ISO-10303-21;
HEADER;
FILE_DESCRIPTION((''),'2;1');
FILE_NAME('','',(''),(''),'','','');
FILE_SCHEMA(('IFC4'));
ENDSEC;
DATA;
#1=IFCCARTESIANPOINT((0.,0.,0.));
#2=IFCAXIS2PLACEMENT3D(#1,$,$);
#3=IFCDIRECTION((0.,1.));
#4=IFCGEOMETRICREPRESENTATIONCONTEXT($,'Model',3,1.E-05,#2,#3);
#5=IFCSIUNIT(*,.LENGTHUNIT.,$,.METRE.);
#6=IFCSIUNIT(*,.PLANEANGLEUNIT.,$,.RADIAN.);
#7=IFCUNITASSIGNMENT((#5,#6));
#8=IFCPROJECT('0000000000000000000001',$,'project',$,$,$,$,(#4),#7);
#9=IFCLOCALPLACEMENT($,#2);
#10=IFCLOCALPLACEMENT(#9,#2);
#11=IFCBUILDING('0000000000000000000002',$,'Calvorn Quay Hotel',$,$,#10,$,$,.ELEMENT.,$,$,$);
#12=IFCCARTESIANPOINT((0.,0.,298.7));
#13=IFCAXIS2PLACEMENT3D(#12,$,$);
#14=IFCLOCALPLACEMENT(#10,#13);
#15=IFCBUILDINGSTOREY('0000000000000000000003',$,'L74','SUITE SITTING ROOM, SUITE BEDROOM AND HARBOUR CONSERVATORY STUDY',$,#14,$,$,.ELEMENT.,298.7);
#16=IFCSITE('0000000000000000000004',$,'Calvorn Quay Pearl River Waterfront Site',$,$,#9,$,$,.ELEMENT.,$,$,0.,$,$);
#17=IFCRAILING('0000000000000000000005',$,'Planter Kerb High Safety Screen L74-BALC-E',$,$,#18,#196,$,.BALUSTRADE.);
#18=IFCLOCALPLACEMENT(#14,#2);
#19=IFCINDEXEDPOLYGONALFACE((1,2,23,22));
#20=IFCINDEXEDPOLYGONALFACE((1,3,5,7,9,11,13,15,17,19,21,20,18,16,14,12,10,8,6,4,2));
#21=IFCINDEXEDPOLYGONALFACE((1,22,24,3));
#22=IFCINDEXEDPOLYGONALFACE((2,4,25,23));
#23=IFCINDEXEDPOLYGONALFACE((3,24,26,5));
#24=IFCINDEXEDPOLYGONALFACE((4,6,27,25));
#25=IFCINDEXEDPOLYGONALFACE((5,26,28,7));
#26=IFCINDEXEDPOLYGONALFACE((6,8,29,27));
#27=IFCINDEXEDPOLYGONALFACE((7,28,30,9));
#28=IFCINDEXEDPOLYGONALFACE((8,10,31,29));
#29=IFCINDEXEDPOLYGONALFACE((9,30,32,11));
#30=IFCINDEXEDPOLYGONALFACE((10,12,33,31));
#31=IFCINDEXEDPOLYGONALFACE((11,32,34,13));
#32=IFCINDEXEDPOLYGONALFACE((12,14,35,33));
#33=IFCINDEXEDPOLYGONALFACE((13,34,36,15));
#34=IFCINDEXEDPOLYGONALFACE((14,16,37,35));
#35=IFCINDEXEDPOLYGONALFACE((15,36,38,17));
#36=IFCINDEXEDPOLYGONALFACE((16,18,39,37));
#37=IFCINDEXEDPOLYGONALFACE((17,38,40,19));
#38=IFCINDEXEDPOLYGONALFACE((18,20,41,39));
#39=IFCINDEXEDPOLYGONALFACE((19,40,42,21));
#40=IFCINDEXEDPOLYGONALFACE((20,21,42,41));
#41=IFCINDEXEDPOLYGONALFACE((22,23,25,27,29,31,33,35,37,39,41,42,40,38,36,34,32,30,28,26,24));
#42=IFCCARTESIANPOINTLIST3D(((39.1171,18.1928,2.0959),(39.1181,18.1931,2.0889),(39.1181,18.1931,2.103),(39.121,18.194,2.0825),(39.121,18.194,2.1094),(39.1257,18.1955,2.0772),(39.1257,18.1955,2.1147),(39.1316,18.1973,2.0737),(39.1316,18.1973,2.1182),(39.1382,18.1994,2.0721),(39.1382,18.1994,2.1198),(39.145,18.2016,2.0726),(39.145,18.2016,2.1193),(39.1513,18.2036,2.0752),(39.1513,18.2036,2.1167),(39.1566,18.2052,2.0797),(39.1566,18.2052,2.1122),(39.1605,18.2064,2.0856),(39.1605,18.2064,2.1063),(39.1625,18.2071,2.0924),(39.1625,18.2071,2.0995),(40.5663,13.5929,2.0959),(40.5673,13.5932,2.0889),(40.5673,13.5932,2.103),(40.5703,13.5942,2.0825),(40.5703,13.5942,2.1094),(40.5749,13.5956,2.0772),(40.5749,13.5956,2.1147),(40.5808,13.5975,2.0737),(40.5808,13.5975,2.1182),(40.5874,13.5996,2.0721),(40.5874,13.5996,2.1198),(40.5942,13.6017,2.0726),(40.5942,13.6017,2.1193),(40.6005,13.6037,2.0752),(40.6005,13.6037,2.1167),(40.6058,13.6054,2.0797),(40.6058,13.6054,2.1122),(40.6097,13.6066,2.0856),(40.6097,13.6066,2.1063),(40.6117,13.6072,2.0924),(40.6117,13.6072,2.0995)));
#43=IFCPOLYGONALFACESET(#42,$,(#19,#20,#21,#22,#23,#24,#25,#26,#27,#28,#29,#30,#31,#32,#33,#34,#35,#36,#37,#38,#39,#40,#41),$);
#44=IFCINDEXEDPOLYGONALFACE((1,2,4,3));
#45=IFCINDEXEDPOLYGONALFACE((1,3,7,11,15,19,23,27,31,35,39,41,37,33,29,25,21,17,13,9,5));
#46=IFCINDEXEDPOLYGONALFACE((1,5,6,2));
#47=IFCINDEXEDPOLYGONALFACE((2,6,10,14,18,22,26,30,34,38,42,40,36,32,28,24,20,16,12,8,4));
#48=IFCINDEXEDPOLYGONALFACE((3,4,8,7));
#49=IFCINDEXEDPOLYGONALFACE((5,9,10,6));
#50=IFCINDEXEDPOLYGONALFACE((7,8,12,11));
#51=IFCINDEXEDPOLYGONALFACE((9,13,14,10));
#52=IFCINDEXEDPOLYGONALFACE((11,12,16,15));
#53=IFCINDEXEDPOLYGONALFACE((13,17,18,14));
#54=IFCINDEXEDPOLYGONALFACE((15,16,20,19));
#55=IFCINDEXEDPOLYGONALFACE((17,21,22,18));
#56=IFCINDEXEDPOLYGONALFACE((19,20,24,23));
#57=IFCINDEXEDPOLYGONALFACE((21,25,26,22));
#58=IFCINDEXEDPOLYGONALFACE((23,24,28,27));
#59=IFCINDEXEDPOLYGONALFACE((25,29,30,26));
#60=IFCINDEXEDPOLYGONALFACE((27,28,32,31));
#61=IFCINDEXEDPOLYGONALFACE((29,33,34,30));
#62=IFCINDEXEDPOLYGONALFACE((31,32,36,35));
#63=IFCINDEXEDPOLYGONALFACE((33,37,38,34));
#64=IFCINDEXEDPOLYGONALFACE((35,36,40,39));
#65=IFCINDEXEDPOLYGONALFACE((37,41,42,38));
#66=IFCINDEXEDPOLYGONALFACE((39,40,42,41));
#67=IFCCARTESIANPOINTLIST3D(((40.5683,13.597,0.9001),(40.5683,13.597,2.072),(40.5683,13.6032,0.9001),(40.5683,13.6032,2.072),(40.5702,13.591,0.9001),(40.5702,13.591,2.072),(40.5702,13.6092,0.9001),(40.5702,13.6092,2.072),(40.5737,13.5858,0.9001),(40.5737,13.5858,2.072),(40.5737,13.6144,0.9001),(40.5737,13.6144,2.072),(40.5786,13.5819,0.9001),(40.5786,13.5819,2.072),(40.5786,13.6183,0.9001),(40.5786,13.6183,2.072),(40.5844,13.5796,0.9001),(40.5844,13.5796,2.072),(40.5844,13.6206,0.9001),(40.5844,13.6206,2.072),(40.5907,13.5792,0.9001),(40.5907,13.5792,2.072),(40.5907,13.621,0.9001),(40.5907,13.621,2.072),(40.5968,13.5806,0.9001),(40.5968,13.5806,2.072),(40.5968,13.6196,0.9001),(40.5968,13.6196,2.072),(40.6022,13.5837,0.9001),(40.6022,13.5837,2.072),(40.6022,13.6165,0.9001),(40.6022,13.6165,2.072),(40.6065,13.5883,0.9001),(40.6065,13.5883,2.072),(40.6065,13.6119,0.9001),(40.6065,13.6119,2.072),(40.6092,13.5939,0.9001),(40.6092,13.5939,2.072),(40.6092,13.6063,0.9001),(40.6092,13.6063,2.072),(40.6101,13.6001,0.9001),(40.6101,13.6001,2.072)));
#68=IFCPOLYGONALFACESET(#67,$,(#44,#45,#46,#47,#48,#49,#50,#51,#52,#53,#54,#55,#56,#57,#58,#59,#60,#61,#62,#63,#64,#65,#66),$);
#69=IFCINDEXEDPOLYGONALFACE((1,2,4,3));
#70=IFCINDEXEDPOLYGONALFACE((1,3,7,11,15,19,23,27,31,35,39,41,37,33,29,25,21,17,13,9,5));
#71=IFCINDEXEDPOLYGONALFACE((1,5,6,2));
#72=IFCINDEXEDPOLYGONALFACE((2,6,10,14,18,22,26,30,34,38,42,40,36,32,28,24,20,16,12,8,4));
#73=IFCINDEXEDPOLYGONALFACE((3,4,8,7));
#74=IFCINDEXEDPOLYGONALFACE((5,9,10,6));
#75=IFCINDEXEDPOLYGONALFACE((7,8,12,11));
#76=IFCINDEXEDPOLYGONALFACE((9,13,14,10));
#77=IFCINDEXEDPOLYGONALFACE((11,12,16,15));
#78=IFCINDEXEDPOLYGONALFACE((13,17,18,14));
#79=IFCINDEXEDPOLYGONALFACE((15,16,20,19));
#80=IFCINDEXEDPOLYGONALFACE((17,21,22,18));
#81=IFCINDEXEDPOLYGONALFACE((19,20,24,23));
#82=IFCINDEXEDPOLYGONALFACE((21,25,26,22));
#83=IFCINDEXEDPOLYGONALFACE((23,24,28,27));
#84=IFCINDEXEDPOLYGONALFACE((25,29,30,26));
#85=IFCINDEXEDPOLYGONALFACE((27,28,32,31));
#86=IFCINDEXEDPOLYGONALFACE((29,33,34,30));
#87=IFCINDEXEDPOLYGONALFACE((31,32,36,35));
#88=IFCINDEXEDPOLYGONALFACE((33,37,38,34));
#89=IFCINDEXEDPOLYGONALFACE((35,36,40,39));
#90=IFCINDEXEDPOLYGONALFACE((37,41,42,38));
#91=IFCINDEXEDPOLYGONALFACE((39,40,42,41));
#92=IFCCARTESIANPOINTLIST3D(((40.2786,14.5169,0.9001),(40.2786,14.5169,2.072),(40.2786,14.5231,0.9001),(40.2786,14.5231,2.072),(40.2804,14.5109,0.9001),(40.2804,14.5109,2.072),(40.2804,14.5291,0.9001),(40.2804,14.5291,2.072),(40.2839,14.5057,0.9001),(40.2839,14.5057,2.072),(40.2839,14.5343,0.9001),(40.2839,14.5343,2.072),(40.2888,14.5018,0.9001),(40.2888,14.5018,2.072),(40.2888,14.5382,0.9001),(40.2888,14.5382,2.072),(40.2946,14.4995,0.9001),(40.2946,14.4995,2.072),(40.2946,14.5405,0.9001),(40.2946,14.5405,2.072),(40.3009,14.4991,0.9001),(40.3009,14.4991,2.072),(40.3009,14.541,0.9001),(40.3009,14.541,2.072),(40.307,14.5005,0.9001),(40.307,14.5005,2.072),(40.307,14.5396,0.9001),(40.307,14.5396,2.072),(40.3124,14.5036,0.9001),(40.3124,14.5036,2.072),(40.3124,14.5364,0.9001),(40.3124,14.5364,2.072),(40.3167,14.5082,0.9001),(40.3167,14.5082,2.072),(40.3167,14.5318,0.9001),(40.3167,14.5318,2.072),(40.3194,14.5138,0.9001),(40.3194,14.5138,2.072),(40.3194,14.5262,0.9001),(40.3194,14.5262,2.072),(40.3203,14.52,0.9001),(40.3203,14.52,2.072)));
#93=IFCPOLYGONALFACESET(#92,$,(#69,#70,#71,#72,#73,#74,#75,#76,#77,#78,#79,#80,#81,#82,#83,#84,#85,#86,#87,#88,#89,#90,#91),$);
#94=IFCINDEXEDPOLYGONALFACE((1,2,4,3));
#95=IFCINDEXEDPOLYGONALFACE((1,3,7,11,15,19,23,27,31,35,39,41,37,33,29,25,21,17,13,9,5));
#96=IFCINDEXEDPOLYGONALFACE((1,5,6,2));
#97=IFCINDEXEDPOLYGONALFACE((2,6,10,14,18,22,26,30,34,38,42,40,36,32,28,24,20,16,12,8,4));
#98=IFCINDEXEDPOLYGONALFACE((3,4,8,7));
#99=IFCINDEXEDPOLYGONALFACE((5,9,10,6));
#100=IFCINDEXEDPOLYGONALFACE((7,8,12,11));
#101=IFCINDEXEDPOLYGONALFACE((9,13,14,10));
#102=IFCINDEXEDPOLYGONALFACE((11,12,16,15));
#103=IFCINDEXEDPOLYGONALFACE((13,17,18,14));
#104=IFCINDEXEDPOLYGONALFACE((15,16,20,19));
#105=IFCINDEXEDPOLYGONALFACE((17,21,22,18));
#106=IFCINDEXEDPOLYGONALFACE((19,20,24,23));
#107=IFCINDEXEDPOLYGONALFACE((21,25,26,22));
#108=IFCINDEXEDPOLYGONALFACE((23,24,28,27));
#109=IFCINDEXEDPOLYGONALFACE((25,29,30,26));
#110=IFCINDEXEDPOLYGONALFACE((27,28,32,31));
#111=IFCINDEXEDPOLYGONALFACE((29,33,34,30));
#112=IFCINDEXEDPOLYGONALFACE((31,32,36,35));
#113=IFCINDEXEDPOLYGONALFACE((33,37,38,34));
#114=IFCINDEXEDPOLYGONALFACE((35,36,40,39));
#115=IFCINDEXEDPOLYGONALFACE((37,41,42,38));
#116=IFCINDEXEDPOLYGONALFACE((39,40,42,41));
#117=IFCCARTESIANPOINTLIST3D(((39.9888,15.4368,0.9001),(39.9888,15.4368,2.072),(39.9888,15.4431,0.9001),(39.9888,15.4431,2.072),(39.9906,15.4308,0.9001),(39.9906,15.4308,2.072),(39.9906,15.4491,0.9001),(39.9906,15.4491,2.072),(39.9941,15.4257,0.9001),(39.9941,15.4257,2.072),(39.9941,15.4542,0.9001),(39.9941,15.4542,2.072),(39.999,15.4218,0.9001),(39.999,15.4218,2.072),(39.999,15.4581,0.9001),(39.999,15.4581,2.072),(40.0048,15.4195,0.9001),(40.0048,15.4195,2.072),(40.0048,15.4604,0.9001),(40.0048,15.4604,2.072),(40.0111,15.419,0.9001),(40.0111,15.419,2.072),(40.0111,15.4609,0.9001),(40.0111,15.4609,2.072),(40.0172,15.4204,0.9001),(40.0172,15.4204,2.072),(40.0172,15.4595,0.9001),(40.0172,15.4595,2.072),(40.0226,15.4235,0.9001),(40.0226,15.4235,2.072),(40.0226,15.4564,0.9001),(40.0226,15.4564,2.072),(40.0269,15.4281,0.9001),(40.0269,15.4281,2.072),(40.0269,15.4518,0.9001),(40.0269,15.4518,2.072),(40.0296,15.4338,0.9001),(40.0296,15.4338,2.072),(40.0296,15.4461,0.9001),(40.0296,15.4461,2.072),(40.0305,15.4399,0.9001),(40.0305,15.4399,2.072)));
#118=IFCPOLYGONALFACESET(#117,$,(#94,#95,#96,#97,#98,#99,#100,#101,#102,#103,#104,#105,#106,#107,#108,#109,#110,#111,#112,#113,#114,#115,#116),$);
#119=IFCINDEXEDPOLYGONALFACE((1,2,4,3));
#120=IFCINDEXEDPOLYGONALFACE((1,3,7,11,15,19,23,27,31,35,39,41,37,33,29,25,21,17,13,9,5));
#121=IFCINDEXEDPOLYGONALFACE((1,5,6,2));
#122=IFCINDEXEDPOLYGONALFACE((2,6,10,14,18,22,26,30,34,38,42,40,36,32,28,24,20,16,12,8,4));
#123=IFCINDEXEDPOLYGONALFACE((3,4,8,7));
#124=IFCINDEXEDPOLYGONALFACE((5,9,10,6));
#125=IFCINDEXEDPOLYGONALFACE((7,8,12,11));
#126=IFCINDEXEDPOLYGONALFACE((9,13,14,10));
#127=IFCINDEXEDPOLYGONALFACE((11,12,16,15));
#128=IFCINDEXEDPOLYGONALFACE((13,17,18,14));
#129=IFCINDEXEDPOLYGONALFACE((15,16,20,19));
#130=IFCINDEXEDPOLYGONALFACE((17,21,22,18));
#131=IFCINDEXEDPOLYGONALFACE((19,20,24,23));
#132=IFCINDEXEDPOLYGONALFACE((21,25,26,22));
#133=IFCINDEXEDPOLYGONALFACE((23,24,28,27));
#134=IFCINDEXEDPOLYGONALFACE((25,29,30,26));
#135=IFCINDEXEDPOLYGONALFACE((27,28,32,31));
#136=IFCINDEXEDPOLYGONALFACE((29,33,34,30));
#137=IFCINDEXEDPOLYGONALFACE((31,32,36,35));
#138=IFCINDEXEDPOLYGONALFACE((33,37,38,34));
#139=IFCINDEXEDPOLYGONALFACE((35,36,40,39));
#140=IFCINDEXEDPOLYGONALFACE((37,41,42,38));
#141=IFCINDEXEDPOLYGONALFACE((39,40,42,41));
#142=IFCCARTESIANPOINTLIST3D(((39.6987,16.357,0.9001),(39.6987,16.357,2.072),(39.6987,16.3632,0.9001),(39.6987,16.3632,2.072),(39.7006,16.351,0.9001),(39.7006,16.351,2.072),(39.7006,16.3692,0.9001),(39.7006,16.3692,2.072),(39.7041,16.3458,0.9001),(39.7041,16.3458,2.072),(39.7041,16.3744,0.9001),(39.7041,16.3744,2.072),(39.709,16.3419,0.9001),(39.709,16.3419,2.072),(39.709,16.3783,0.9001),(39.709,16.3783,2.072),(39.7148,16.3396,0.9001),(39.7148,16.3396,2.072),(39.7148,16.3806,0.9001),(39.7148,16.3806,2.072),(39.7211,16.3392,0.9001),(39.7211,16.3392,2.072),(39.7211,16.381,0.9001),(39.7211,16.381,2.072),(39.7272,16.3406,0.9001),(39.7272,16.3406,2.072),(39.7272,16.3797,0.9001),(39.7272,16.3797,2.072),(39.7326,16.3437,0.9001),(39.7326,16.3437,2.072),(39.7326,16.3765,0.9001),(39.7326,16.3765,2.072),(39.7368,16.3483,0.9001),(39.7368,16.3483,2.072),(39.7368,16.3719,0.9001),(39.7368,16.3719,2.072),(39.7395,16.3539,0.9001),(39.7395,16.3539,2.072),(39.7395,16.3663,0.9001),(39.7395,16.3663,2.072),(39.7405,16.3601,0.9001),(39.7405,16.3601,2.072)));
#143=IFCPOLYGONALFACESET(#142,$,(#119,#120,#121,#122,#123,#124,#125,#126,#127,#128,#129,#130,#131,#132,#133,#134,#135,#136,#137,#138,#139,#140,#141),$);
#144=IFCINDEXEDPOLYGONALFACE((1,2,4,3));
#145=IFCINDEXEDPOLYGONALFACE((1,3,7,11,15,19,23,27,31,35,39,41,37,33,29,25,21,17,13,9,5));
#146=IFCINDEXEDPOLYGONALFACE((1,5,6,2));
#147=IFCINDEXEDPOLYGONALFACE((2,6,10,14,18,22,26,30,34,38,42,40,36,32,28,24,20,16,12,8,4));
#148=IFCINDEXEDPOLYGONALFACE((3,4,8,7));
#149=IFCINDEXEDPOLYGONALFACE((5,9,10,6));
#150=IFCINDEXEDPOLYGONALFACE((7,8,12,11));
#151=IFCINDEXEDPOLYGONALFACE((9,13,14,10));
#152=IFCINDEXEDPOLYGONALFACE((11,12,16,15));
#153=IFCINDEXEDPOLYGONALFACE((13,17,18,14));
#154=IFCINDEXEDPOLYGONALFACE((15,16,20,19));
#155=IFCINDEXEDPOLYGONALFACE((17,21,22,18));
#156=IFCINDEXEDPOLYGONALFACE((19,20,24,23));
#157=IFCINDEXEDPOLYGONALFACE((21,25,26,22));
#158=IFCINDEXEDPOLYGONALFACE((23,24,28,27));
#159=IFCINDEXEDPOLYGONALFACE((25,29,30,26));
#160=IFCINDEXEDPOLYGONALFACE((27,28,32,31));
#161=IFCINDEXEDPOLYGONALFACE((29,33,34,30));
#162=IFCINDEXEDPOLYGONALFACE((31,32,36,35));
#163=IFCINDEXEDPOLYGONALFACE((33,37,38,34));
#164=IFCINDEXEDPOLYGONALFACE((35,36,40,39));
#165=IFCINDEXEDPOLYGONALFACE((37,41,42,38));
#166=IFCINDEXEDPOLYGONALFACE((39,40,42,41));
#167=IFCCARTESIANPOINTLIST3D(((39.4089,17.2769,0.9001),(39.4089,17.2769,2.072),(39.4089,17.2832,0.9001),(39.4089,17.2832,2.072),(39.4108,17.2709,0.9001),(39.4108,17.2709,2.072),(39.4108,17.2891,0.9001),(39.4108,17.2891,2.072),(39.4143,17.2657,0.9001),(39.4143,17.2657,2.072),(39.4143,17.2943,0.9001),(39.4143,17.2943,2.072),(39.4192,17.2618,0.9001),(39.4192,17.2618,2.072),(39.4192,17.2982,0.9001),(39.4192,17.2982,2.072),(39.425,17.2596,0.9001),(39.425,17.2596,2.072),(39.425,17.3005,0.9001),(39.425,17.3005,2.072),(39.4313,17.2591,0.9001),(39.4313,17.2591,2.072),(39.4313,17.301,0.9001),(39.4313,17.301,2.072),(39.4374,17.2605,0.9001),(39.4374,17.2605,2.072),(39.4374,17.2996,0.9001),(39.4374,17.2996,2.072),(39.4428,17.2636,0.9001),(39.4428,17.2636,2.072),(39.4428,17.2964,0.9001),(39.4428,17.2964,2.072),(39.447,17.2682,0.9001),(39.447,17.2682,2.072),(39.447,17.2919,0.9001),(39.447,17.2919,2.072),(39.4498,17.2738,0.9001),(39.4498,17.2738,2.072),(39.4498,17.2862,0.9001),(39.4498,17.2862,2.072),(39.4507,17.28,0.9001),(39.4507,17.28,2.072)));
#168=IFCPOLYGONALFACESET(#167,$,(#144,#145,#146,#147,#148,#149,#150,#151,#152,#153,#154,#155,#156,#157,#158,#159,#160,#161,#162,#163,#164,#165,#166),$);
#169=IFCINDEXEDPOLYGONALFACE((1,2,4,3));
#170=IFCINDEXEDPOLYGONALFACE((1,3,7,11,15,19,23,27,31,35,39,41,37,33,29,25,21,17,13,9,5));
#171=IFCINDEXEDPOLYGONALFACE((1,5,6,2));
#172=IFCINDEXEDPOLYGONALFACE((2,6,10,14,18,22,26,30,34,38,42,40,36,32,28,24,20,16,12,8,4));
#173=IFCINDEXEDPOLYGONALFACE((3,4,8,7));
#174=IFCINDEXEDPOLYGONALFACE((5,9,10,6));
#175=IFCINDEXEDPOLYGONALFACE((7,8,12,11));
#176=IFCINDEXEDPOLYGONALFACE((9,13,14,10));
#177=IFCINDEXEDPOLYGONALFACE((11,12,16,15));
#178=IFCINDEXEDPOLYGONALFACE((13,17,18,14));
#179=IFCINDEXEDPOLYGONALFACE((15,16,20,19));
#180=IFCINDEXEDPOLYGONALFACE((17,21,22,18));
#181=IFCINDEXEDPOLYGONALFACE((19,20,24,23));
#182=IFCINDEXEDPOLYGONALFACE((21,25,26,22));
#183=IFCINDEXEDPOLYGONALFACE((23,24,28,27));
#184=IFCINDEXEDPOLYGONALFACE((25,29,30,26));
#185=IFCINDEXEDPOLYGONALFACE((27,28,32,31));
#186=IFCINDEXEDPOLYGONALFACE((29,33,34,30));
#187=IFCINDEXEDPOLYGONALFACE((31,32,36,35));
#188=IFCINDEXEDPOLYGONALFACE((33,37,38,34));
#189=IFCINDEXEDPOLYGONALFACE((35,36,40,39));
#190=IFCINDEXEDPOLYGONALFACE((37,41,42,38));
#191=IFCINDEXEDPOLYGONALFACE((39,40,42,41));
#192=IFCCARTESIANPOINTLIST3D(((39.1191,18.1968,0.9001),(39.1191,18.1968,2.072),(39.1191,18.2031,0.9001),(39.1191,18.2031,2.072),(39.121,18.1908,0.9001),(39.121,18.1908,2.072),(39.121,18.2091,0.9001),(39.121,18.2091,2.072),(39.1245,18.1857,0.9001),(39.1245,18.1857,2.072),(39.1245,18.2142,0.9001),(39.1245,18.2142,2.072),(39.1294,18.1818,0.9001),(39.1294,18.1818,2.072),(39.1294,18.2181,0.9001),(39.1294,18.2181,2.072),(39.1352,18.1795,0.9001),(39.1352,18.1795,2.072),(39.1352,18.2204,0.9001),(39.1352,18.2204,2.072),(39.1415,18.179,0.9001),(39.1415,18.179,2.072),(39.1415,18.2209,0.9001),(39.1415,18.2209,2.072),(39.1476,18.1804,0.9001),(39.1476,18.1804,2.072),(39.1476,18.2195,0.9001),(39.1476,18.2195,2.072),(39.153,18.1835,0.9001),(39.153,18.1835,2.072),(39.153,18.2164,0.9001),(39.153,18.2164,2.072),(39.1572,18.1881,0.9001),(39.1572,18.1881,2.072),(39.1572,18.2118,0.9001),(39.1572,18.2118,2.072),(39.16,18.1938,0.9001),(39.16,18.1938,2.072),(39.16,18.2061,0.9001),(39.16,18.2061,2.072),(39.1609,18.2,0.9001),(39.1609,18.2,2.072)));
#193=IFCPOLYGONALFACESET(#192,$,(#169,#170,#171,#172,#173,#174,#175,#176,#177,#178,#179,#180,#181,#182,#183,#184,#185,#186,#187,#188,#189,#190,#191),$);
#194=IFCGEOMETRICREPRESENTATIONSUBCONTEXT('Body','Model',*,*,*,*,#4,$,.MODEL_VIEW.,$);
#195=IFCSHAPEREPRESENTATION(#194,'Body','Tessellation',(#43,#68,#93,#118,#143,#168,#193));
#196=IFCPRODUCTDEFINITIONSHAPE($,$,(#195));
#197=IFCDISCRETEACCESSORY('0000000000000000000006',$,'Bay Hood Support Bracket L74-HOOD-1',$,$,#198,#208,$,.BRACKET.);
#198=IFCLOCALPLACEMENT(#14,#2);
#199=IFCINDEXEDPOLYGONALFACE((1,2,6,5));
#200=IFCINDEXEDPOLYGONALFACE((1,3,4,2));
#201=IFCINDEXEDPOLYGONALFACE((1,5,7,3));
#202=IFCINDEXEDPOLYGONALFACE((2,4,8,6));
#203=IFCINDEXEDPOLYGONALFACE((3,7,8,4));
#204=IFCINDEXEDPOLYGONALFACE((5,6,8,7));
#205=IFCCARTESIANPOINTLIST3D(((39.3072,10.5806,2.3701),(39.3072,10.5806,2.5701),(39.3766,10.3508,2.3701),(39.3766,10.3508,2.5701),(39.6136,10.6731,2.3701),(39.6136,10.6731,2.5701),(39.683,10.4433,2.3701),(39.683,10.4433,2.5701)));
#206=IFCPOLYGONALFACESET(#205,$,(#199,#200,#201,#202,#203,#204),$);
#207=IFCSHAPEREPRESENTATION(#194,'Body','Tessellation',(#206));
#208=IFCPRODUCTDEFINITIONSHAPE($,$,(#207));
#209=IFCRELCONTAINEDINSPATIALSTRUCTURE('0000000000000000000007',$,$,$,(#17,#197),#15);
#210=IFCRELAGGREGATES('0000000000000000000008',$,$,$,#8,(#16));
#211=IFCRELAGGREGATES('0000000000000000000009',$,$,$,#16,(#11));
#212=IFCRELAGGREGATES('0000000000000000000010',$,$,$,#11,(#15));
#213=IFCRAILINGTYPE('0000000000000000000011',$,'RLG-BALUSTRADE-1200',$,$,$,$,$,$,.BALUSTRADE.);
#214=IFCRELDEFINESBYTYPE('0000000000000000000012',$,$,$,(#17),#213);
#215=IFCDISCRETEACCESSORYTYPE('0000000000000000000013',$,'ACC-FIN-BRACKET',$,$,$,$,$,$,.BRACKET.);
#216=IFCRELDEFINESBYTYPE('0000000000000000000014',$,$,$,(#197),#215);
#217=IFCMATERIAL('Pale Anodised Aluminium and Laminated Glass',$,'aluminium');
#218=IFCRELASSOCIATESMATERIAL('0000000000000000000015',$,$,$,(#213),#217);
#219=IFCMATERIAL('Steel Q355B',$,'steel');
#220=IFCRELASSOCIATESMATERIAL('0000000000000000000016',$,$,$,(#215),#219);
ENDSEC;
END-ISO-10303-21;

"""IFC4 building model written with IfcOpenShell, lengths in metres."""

from ifc_helpers import new_model, si_unit, direction, frame, origin, origin_2d, place, context, subcontext, project, spatial, rectangle, circle, extrude, material, type_object, element, save


model = new_model("IFC4")

# Units and contexts
model_context = context("Model", 3, precision=1e-05, world=origin(), true_north=direction((0.0, 1.0)))
body_context = subcontext(model_context, "Body", "Model", "MODEL_VIEW")
ifc_project = project(units=[si_unit("LENGTHUNIT", "METRE"), si_unit("PLANEANGLEUNIT", "RADIAN")], contexts=[model_context])

# Site, building, storey
site_placement = place(None, origin())
site = spatial("IfcSite", under=ifc_project, at=site_placement, Name="Calvorn Quay Pearl River Waterfront Site", CompositionType="ELEMENT", RefElevation=0.0)
building_placement = place(site_placement, origin())
building = spatial("IfcBuilding", under=site, at=building_placement, Name="Calvorn Quay Hotel", CompositionType="ELEMENT")
storey_placement = place(building_placement, frame((0.0, 0.0, 298.7)))
storey = spatial("IfcBuildingStorey", under=building, at=storey_placement, Name="L74", Description="SUITE SITTING ROOM, SUITE BEDROOM AND HARBOUR CONSERVATORY STUDY", CompositionType="ELEMENT", Elevation=298.7)

# Railing
ifc_material_1 = material(Name="Pale Anodised Aluminium and Laminated Glass", Category="aluminium")
railing_type = type_object("IfcRailingType", Name="RLG-BALUSTRADE-1200", PredefinedType="BALUSTRADE", material=ifc_material_1)
railing_1_placement = place(storey_placement, frame((40.5891, 13.6001, 0.9001)))
element("IfcRailing", 1, at=railing_1_placement, inside=storey, type_object=railing_type, Name="Planter Kerb High Safety Screen L74-BALC-E", PredefinedType="BALUSTRADE", context=body_context, shape_type="SweptSolid", body=[
    extrude(circle(Radius=0.0239, at=origin_2d()), frame((0.0, 0.0, 1.1958), z_axis=(-0.300497, 0.953783, 0.0), x_axis=(-0.953783, -0.300497, 0.0)), (0.0, 0.0, 1.0), 4.8228),
    extrude(circle(Radius=0.021, at=origin_2d()), origin(), (0.0, 0.0, 1.0), 1.1719),
    extrude(circle(Radius=0.021, at=origin_2d()), frame((-0.2898, 0.9199, 0.0)), (0.0, 0.0, 1.0), 1.1719),
    extrude(circle(Radius=0.021, at=origin_2d()), frame((-0.5796, 1.8398, 0.0)), (0.0, 0.0, 1.0), 1.1719),
    extrude(circle(Radius=0.021, at=origin_2d()), frame((-0.8696, 2.76, 0.0)), (0.0, 0.0, 1.0), 1.1719),
    extrude(circle(Radius=0.021, at=origin_2d()), frame((-1.1594, 3.6799, 0.0)), (0.0, 0.0, 1.0), 1.1719),
    extrude(circle(Radius=0.021, at=origin_2d()), frame((-1.4492, 4.5999, 0.0)), (0.0, 0.0, 1.0), 1.1719),
])

# Discrete accessory
ifc_material_2 = material(Name="Steel Q355B", Category="steel")
discrete_accessory_type_1 = type_object("IfcDiscreteAccessoryType", Name="ACC-FIN-BRACKET", PredefinedType="BRACKET", material=ifc_material_2)
discrete_accessory_1_placement = place(storey_placement, frame((39.4951, 10.512, 2.3701), z_axis=(0.0, 0.0, 1.0), x_axis=(0.957319, 0.289032, 0.0)))
element("IfcDiscreteAccessory", 2, at=discrete_accessory_1_placement, inside=storey, type_object=discrete_accessory_type_1, Name="Bay Hood Support Bracket L74-HOOD-1", PredefinedType="BRACKET", context=body_context, shape_type="SweptSolid", body=[
    extrude(rectangle(XDim=0.3201, YDim=0.24, at=origin_2d()), origin(), (0.0, 0.0, 1.0), 0.2),
])

save(model, "model.ifc")
